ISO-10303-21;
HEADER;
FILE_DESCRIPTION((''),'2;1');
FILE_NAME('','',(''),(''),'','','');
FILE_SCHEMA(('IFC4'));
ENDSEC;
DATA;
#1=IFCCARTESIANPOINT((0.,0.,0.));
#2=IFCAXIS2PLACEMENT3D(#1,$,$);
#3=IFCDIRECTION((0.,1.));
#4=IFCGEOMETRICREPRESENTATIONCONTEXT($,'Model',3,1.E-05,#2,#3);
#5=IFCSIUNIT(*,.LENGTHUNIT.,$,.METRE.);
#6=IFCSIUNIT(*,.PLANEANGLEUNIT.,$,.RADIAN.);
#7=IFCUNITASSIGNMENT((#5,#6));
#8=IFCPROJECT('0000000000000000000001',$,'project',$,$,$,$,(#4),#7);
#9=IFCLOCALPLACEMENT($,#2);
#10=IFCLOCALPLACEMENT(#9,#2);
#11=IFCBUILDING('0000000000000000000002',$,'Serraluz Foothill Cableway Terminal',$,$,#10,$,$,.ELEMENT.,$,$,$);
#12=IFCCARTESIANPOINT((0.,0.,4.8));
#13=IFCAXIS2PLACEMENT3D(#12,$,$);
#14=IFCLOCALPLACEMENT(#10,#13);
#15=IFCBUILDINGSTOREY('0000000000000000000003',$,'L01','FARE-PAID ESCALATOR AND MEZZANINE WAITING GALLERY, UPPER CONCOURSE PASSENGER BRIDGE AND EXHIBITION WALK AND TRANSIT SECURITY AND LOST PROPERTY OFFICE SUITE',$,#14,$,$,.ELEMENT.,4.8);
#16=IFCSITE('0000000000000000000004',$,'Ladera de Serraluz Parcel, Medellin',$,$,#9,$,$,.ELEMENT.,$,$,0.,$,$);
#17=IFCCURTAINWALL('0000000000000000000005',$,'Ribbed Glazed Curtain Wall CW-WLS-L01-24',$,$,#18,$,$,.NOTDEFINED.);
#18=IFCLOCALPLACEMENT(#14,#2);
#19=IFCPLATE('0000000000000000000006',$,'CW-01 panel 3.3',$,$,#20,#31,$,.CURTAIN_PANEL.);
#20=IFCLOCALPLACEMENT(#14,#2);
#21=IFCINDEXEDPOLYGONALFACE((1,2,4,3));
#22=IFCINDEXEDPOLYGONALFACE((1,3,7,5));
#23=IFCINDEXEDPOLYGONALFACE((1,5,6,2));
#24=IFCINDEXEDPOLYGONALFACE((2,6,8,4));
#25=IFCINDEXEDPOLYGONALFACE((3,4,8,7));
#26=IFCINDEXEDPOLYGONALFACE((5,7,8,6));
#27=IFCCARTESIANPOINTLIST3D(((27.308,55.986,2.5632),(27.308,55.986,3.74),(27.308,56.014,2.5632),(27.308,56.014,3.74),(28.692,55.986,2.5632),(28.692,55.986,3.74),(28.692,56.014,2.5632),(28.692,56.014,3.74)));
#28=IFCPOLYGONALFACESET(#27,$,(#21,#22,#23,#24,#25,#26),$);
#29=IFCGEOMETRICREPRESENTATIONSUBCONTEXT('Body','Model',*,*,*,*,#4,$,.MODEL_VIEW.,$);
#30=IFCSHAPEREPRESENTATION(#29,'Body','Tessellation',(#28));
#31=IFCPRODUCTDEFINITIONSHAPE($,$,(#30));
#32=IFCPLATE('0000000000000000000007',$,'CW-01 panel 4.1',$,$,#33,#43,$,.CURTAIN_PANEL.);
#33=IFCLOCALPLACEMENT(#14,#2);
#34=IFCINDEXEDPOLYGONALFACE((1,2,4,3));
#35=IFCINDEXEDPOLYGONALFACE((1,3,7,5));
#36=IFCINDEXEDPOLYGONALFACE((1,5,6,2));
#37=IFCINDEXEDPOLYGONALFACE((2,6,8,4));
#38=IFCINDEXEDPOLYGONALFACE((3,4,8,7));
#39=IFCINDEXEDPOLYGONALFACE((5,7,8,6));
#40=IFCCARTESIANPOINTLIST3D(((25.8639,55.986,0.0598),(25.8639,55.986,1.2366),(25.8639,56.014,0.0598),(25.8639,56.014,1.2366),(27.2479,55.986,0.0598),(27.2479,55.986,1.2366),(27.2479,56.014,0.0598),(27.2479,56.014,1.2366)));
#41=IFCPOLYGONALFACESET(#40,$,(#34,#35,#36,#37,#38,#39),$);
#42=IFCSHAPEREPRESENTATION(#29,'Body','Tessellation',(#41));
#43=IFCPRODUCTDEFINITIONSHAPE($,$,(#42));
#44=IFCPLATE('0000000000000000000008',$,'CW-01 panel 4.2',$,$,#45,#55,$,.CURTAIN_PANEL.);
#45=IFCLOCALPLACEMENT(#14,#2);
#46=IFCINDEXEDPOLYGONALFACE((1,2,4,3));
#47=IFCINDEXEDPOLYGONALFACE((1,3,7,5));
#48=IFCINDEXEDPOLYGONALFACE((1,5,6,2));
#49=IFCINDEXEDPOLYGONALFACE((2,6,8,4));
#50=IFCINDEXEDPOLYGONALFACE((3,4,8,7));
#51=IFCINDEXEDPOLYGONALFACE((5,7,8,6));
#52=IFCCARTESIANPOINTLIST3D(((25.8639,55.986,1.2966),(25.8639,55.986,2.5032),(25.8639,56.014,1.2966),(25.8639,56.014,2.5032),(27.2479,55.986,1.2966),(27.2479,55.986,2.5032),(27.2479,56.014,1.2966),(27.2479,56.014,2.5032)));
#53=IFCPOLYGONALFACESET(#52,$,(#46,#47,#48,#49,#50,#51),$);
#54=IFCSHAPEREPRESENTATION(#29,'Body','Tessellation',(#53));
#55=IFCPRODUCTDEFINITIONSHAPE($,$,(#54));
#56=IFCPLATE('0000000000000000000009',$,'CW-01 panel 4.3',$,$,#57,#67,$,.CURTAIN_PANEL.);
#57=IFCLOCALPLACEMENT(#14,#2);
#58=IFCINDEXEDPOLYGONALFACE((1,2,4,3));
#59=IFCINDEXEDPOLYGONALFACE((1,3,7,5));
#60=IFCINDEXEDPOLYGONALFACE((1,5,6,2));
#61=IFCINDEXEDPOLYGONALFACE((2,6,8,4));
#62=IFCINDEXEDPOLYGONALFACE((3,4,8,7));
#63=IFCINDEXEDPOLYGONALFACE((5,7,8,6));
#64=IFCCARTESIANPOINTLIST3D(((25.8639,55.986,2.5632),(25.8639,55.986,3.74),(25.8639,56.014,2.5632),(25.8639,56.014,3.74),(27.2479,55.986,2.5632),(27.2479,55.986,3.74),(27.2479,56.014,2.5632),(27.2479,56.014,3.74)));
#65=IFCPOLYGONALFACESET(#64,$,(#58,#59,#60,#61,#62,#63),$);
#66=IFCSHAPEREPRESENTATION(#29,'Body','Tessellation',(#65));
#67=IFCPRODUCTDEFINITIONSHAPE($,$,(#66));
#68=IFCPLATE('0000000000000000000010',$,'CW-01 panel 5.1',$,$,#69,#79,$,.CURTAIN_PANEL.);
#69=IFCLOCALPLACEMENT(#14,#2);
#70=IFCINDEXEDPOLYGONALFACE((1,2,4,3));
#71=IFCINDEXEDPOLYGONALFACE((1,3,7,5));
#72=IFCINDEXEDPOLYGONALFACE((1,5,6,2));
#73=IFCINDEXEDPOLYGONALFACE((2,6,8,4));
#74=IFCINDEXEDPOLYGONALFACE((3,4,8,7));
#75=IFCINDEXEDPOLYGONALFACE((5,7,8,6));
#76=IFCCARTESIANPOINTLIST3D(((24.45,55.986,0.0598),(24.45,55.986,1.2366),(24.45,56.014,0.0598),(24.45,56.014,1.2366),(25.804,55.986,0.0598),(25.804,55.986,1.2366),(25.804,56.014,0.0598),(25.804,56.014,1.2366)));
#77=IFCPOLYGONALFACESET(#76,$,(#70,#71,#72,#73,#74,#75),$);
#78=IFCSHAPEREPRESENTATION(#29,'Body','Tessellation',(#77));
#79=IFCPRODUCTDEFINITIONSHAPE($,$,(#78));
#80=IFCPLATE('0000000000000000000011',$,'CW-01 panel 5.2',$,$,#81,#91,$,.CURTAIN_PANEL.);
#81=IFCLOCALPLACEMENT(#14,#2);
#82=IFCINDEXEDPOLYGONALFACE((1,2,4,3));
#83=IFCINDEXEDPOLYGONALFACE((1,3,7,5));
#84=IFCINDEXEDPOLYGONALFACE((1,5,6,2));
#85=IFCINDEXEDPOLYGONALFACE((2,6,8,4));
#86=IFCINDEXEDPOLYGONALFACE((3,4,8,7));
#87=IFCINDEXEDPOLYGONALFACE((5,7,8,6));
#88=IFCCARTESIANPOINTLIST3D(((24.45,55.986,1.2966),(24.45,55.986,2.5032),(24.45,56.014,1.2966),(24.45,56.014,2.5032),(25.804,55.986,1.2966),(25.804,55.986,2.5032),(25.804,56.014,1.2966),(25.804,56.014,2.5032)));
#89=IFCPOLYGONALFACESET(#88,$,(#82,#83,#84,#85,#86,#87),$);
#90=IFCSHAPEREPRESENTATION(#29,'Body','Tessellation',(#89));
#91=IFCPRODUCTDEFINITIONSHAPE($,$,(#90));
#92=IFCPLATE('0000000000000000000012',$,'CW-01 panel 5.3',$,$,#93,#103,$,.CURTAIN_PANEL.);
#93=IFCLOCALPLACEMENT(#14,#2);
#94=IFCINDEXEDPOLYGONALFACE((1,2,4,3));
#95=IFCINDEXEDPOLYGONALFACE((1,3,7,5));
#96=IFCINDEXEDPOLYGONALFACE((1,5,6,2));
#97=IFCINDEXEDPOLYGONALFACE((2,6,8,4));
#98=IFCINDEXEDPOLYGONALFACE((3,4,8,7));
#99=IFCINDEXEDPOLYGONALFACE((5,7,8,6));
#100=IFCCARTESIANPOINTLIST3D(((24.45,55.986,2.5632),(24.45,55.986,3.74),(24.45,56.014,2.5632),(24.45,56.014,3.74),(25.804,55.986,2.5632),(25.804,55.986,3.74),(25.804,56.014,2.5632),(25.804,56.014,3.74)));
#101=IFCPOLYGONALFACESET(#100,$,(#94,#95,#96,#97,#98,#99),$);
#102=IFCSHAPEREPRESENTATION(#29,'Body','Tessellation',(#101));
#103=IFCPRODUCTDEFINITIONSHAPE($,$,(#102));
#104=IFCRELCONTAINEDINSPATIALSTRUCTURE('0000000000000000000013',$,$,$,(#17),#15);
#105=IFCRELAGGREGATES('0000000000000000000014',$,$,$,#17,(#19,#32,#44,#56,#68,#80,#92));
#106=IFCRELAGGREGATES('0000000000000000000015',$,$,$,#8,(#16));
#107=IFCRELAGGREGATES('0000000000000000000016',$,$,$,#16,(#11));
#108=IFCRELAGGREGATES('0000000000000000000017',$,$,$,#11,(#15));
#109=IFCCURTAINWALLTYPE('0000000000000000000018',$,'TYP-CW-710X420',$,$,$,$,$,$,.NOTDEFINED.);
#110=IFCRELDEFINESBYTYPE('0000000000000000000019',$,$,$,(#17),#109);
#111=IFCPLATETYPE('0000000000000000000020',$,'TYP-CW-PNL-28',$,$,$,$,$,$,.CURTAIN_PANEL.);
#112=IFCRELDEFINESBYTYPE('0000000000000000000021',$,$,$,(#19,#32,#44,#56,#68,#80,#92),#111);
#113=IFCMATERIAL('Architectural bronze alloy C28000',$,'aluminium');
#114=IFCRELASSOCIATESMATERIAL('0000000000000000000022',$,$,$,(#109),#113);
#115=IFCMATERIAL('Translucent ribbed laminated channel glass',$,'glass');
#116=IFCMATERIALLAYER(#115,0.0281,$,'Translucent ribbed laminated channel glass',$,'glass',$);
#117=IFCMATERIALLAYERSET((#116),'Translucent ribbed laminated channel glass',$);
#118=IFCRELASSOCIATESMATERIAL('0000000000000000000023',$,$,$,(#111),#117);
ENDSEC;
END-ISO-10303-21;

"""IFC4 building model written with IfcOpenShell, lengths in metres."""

from ifc_helpers import new_model, si_unit, direction, frame, origin, origin_2d, place, context, subcontext, project, spatial, rectangle, extrude, material, layer, layer_set, type_object, element, aggregate, save


model = new_model("IFC4")

# Units and contexts
model_context = context("Model", 3, precision=1e-05, world=origin(), true_north=direction((0.0, 1.0)))
body_context = subcontext(model_context, "Body", "Model", "MODEL_VIEW")
ifc_project = project(units=[si_unit("LENGTHUNIT", "METRE"), si_unit("PLANEANGLEUNIT", "RADIAN")], contexts=[model_context])

# Site, building, storey
site_placement = place(None, origin())
site = spatial("IfcSite", under=ifc_project, at=site_placement, Name="Ladera de Serraluz Parcel, Medellin", CompositionType="ELEMENT", RefElevation=0.0)
building_placement = place(site_placement, origin())
building = spatial("IfcBuilding", under=site, at=building_placement, Name="Serraluz Foothill Cableway Terminal", CompositionType="ELEMENT")
storey_placement = place(building_placement, frame((0.0, 0.0, 4.8)))
storey = spatial("IfcBuildingStorey", under=building, at=storey_placement, Name="L01", Description="FARE-PAID ESCALATOR AND MEZZANINE WAITING GALLERY, UPPER CONCOURSE PASSENGER BRIDGE AND EXHIBITION WALK AND TRANSIT SECURITY AND LOST PROPERTY OFFICE SUITE", CompositionType="ELEMENT", Elevation=4.8)

# Shared definitions
ifc_material_1 = material(Name="Architectural bronze alloy C28000", Category="aluminium")
curtain_wall_type = type_object("IfcCurtainWallType", Name="TYP-CW-710X420", PredefinedType="NOTDEFINED", material=ifc_material_1)

# Curtain wall
curtain_wall_1_placement = place(storey_placement, origin())
curtain_wall_1 = element("IfcCurtainWall", 1, at=curtain_wall_1_placement, inside=storey, type_object=curtain_wall_type, Name="Ribbed Glazed Curtain Wall CW-WLS-L01-24", PredefinedType="NOTDEFINED")

# Plates
ifc_material_2 = material(Name="Translucent ribbed laminated channel glass", Category="glass")
ifc_layer = layer(ifc_material_2, 0.0281, Name="Translucent ribbed laminated channel glass", Category="glass")
ifc_layer_set = layer_set([ifc_layer], Name="Translucent ribbed laminated channel glass")
plate_type = type_object("IfcPlateType", Name="TYP-CW-PNL-28", PredefinedType="CURTAIN_PANEL", material=ifc_layer_set)
plate_1_placement = place(storey_placement, frame((28.0, 56.0, 2.5632), z_axis=(0.0, 0.0, 1.0), x_axis=(-1.0, 0.0, 0.0)))
plate_1 = element("IfcPlate", 2, at=plate_1_placement, type_object=plate_type, Name="CW-01 panel 3.3", PredefinedType="CURTAIN_PANEL", context=body_context, shape_type="SweptSolid", body=[
    extrude(rectangle(XDim=1.384, YDim=0.0281, at=origin_2d()), origin(), (0.0, 0.0, 1.0), 1.1768),
])
plate_2_placement = place(storey_placement, frame((26.5559, 56.0, 0.0598), z_axis=(0.0, 0.0, 1.0), x_axis=(-1.0, 0.0, 0.0)))
plate_2 = element("IfcPlate", 3, at=plate_2_placement, type_object=plate_type, Name="CW-01 panel 4.1", PredefinedType="CURTAIN_PANEL", context=body_context, shape_type="SweptSolid", body=[
    extrude(rectangle(XDim=1.384, YDim=0.0281, at=origin_2d()), origin(), (0.0, 0.0, 1.0), 1.1768),
])
plate_3_placement = place(storey_placement, frame((26.5559, 56.0, 1.2966), z_axis=(0.0, 0.0, 1.0), x_axis=(-1.0, 0.0, 0.0)))
plate_3 = element("IfcPlate", 4, at=plate_3_placement, type_object=plate_type, Name="CW-01 panel 4.2", PredefinedType="CURTAIN_PANEL", context=body_context, shape_type="SweptSolid", body=[
    extrude(rectangle(XDim=1.384, YDim=0.0281, at=origin_2d()), origin(), (0.0, 0.0, 1.0), 1.2065),
])
plate_4_placement = place(storey_placement, frame((26.5559, 56.0, 2.5632), z_axis=(0.0, 0.0, 1.0), x_axis=(-1.0, 0.0, 0.0)))
plate_4 = element("IfcPlate", 5, at=plate_4_placement, type_object=plate_type, Name="CW-01 panel 4.3", PredefinedType="CURTAIN_PANEL", context=body_context, shape_type="SweptSolid", body=[
    extrude(rectangle(XDim=1.384, YDim=0.0281, at=origin_2d()), origin(), (0.0, 0.0, 1.0), 1.1768),
])
plate_5_placement = place(storey_placement, frame((25.127, 56.0, 0.0598), z_axis=(0.0, 0.0, 1.0), x_axis=(-1.0, 0.0, 0.0)))
plate_5 = element("IfcPlate", 6, at=plate_5_placement, type_object=plate_type, Name="CW-01 panel 5.1", PredefinedType="CURTAIN_PANEL", context=body_context, shape_type="SweptSolid", body=[
    extrude(rectangle(XDim=1.354, YDim=0.0281, at=origin_2d()), origin(), (0.0, 0.0, 1.0), 1.1768),
])
plate_6_placement = place(storey_placement, frame((25.127, 56.0, 1.2966), z_axis=(0.0, 0.0, 1.0), x_axis=(-1.0, 0.0, 0.0)))
plate_6 = element("IfcPlate", 7, at=plate_6_placement, type_object=plate_type, Name="CW-01 panel 5.2", PredefinedType="CURTAIN_PANEL", context=body_context, shape_type="SweptSolid", body=[
    extrude(rectangle(XDim=1.354, YDim=0.0281, at=origin_2d()), origin(), (0.0, 0.0, 1.0), 1.2065),
])
plate_7_placement = place(storey_placement, frame((25.127, 56.0, 2.5632), z_axis=(0.0, 0.0, 1.0), x_axis=(-1.0, 0.0, 0.0)))
plate_7 = element("IfcPlate", 8, at=plate_7_placement, type_object=plate_type, Name="CW-01 panel 5.3", PredefinedType="CURTAIN_PANEL", context=body_context, shape_type="SweptSolid", body=[
    extrude(rectangle(XDim=1.354, YDim=0.0281, at=origin_2d()), origin(), (0.0, 0.0, 1.0), 1.1768),
])
aggregate(curtain_wall_1, [plate_1, plate_2, plate_3, plate_4, plate_5, plate_6, plate_7])

save(model, "model.ifc")
